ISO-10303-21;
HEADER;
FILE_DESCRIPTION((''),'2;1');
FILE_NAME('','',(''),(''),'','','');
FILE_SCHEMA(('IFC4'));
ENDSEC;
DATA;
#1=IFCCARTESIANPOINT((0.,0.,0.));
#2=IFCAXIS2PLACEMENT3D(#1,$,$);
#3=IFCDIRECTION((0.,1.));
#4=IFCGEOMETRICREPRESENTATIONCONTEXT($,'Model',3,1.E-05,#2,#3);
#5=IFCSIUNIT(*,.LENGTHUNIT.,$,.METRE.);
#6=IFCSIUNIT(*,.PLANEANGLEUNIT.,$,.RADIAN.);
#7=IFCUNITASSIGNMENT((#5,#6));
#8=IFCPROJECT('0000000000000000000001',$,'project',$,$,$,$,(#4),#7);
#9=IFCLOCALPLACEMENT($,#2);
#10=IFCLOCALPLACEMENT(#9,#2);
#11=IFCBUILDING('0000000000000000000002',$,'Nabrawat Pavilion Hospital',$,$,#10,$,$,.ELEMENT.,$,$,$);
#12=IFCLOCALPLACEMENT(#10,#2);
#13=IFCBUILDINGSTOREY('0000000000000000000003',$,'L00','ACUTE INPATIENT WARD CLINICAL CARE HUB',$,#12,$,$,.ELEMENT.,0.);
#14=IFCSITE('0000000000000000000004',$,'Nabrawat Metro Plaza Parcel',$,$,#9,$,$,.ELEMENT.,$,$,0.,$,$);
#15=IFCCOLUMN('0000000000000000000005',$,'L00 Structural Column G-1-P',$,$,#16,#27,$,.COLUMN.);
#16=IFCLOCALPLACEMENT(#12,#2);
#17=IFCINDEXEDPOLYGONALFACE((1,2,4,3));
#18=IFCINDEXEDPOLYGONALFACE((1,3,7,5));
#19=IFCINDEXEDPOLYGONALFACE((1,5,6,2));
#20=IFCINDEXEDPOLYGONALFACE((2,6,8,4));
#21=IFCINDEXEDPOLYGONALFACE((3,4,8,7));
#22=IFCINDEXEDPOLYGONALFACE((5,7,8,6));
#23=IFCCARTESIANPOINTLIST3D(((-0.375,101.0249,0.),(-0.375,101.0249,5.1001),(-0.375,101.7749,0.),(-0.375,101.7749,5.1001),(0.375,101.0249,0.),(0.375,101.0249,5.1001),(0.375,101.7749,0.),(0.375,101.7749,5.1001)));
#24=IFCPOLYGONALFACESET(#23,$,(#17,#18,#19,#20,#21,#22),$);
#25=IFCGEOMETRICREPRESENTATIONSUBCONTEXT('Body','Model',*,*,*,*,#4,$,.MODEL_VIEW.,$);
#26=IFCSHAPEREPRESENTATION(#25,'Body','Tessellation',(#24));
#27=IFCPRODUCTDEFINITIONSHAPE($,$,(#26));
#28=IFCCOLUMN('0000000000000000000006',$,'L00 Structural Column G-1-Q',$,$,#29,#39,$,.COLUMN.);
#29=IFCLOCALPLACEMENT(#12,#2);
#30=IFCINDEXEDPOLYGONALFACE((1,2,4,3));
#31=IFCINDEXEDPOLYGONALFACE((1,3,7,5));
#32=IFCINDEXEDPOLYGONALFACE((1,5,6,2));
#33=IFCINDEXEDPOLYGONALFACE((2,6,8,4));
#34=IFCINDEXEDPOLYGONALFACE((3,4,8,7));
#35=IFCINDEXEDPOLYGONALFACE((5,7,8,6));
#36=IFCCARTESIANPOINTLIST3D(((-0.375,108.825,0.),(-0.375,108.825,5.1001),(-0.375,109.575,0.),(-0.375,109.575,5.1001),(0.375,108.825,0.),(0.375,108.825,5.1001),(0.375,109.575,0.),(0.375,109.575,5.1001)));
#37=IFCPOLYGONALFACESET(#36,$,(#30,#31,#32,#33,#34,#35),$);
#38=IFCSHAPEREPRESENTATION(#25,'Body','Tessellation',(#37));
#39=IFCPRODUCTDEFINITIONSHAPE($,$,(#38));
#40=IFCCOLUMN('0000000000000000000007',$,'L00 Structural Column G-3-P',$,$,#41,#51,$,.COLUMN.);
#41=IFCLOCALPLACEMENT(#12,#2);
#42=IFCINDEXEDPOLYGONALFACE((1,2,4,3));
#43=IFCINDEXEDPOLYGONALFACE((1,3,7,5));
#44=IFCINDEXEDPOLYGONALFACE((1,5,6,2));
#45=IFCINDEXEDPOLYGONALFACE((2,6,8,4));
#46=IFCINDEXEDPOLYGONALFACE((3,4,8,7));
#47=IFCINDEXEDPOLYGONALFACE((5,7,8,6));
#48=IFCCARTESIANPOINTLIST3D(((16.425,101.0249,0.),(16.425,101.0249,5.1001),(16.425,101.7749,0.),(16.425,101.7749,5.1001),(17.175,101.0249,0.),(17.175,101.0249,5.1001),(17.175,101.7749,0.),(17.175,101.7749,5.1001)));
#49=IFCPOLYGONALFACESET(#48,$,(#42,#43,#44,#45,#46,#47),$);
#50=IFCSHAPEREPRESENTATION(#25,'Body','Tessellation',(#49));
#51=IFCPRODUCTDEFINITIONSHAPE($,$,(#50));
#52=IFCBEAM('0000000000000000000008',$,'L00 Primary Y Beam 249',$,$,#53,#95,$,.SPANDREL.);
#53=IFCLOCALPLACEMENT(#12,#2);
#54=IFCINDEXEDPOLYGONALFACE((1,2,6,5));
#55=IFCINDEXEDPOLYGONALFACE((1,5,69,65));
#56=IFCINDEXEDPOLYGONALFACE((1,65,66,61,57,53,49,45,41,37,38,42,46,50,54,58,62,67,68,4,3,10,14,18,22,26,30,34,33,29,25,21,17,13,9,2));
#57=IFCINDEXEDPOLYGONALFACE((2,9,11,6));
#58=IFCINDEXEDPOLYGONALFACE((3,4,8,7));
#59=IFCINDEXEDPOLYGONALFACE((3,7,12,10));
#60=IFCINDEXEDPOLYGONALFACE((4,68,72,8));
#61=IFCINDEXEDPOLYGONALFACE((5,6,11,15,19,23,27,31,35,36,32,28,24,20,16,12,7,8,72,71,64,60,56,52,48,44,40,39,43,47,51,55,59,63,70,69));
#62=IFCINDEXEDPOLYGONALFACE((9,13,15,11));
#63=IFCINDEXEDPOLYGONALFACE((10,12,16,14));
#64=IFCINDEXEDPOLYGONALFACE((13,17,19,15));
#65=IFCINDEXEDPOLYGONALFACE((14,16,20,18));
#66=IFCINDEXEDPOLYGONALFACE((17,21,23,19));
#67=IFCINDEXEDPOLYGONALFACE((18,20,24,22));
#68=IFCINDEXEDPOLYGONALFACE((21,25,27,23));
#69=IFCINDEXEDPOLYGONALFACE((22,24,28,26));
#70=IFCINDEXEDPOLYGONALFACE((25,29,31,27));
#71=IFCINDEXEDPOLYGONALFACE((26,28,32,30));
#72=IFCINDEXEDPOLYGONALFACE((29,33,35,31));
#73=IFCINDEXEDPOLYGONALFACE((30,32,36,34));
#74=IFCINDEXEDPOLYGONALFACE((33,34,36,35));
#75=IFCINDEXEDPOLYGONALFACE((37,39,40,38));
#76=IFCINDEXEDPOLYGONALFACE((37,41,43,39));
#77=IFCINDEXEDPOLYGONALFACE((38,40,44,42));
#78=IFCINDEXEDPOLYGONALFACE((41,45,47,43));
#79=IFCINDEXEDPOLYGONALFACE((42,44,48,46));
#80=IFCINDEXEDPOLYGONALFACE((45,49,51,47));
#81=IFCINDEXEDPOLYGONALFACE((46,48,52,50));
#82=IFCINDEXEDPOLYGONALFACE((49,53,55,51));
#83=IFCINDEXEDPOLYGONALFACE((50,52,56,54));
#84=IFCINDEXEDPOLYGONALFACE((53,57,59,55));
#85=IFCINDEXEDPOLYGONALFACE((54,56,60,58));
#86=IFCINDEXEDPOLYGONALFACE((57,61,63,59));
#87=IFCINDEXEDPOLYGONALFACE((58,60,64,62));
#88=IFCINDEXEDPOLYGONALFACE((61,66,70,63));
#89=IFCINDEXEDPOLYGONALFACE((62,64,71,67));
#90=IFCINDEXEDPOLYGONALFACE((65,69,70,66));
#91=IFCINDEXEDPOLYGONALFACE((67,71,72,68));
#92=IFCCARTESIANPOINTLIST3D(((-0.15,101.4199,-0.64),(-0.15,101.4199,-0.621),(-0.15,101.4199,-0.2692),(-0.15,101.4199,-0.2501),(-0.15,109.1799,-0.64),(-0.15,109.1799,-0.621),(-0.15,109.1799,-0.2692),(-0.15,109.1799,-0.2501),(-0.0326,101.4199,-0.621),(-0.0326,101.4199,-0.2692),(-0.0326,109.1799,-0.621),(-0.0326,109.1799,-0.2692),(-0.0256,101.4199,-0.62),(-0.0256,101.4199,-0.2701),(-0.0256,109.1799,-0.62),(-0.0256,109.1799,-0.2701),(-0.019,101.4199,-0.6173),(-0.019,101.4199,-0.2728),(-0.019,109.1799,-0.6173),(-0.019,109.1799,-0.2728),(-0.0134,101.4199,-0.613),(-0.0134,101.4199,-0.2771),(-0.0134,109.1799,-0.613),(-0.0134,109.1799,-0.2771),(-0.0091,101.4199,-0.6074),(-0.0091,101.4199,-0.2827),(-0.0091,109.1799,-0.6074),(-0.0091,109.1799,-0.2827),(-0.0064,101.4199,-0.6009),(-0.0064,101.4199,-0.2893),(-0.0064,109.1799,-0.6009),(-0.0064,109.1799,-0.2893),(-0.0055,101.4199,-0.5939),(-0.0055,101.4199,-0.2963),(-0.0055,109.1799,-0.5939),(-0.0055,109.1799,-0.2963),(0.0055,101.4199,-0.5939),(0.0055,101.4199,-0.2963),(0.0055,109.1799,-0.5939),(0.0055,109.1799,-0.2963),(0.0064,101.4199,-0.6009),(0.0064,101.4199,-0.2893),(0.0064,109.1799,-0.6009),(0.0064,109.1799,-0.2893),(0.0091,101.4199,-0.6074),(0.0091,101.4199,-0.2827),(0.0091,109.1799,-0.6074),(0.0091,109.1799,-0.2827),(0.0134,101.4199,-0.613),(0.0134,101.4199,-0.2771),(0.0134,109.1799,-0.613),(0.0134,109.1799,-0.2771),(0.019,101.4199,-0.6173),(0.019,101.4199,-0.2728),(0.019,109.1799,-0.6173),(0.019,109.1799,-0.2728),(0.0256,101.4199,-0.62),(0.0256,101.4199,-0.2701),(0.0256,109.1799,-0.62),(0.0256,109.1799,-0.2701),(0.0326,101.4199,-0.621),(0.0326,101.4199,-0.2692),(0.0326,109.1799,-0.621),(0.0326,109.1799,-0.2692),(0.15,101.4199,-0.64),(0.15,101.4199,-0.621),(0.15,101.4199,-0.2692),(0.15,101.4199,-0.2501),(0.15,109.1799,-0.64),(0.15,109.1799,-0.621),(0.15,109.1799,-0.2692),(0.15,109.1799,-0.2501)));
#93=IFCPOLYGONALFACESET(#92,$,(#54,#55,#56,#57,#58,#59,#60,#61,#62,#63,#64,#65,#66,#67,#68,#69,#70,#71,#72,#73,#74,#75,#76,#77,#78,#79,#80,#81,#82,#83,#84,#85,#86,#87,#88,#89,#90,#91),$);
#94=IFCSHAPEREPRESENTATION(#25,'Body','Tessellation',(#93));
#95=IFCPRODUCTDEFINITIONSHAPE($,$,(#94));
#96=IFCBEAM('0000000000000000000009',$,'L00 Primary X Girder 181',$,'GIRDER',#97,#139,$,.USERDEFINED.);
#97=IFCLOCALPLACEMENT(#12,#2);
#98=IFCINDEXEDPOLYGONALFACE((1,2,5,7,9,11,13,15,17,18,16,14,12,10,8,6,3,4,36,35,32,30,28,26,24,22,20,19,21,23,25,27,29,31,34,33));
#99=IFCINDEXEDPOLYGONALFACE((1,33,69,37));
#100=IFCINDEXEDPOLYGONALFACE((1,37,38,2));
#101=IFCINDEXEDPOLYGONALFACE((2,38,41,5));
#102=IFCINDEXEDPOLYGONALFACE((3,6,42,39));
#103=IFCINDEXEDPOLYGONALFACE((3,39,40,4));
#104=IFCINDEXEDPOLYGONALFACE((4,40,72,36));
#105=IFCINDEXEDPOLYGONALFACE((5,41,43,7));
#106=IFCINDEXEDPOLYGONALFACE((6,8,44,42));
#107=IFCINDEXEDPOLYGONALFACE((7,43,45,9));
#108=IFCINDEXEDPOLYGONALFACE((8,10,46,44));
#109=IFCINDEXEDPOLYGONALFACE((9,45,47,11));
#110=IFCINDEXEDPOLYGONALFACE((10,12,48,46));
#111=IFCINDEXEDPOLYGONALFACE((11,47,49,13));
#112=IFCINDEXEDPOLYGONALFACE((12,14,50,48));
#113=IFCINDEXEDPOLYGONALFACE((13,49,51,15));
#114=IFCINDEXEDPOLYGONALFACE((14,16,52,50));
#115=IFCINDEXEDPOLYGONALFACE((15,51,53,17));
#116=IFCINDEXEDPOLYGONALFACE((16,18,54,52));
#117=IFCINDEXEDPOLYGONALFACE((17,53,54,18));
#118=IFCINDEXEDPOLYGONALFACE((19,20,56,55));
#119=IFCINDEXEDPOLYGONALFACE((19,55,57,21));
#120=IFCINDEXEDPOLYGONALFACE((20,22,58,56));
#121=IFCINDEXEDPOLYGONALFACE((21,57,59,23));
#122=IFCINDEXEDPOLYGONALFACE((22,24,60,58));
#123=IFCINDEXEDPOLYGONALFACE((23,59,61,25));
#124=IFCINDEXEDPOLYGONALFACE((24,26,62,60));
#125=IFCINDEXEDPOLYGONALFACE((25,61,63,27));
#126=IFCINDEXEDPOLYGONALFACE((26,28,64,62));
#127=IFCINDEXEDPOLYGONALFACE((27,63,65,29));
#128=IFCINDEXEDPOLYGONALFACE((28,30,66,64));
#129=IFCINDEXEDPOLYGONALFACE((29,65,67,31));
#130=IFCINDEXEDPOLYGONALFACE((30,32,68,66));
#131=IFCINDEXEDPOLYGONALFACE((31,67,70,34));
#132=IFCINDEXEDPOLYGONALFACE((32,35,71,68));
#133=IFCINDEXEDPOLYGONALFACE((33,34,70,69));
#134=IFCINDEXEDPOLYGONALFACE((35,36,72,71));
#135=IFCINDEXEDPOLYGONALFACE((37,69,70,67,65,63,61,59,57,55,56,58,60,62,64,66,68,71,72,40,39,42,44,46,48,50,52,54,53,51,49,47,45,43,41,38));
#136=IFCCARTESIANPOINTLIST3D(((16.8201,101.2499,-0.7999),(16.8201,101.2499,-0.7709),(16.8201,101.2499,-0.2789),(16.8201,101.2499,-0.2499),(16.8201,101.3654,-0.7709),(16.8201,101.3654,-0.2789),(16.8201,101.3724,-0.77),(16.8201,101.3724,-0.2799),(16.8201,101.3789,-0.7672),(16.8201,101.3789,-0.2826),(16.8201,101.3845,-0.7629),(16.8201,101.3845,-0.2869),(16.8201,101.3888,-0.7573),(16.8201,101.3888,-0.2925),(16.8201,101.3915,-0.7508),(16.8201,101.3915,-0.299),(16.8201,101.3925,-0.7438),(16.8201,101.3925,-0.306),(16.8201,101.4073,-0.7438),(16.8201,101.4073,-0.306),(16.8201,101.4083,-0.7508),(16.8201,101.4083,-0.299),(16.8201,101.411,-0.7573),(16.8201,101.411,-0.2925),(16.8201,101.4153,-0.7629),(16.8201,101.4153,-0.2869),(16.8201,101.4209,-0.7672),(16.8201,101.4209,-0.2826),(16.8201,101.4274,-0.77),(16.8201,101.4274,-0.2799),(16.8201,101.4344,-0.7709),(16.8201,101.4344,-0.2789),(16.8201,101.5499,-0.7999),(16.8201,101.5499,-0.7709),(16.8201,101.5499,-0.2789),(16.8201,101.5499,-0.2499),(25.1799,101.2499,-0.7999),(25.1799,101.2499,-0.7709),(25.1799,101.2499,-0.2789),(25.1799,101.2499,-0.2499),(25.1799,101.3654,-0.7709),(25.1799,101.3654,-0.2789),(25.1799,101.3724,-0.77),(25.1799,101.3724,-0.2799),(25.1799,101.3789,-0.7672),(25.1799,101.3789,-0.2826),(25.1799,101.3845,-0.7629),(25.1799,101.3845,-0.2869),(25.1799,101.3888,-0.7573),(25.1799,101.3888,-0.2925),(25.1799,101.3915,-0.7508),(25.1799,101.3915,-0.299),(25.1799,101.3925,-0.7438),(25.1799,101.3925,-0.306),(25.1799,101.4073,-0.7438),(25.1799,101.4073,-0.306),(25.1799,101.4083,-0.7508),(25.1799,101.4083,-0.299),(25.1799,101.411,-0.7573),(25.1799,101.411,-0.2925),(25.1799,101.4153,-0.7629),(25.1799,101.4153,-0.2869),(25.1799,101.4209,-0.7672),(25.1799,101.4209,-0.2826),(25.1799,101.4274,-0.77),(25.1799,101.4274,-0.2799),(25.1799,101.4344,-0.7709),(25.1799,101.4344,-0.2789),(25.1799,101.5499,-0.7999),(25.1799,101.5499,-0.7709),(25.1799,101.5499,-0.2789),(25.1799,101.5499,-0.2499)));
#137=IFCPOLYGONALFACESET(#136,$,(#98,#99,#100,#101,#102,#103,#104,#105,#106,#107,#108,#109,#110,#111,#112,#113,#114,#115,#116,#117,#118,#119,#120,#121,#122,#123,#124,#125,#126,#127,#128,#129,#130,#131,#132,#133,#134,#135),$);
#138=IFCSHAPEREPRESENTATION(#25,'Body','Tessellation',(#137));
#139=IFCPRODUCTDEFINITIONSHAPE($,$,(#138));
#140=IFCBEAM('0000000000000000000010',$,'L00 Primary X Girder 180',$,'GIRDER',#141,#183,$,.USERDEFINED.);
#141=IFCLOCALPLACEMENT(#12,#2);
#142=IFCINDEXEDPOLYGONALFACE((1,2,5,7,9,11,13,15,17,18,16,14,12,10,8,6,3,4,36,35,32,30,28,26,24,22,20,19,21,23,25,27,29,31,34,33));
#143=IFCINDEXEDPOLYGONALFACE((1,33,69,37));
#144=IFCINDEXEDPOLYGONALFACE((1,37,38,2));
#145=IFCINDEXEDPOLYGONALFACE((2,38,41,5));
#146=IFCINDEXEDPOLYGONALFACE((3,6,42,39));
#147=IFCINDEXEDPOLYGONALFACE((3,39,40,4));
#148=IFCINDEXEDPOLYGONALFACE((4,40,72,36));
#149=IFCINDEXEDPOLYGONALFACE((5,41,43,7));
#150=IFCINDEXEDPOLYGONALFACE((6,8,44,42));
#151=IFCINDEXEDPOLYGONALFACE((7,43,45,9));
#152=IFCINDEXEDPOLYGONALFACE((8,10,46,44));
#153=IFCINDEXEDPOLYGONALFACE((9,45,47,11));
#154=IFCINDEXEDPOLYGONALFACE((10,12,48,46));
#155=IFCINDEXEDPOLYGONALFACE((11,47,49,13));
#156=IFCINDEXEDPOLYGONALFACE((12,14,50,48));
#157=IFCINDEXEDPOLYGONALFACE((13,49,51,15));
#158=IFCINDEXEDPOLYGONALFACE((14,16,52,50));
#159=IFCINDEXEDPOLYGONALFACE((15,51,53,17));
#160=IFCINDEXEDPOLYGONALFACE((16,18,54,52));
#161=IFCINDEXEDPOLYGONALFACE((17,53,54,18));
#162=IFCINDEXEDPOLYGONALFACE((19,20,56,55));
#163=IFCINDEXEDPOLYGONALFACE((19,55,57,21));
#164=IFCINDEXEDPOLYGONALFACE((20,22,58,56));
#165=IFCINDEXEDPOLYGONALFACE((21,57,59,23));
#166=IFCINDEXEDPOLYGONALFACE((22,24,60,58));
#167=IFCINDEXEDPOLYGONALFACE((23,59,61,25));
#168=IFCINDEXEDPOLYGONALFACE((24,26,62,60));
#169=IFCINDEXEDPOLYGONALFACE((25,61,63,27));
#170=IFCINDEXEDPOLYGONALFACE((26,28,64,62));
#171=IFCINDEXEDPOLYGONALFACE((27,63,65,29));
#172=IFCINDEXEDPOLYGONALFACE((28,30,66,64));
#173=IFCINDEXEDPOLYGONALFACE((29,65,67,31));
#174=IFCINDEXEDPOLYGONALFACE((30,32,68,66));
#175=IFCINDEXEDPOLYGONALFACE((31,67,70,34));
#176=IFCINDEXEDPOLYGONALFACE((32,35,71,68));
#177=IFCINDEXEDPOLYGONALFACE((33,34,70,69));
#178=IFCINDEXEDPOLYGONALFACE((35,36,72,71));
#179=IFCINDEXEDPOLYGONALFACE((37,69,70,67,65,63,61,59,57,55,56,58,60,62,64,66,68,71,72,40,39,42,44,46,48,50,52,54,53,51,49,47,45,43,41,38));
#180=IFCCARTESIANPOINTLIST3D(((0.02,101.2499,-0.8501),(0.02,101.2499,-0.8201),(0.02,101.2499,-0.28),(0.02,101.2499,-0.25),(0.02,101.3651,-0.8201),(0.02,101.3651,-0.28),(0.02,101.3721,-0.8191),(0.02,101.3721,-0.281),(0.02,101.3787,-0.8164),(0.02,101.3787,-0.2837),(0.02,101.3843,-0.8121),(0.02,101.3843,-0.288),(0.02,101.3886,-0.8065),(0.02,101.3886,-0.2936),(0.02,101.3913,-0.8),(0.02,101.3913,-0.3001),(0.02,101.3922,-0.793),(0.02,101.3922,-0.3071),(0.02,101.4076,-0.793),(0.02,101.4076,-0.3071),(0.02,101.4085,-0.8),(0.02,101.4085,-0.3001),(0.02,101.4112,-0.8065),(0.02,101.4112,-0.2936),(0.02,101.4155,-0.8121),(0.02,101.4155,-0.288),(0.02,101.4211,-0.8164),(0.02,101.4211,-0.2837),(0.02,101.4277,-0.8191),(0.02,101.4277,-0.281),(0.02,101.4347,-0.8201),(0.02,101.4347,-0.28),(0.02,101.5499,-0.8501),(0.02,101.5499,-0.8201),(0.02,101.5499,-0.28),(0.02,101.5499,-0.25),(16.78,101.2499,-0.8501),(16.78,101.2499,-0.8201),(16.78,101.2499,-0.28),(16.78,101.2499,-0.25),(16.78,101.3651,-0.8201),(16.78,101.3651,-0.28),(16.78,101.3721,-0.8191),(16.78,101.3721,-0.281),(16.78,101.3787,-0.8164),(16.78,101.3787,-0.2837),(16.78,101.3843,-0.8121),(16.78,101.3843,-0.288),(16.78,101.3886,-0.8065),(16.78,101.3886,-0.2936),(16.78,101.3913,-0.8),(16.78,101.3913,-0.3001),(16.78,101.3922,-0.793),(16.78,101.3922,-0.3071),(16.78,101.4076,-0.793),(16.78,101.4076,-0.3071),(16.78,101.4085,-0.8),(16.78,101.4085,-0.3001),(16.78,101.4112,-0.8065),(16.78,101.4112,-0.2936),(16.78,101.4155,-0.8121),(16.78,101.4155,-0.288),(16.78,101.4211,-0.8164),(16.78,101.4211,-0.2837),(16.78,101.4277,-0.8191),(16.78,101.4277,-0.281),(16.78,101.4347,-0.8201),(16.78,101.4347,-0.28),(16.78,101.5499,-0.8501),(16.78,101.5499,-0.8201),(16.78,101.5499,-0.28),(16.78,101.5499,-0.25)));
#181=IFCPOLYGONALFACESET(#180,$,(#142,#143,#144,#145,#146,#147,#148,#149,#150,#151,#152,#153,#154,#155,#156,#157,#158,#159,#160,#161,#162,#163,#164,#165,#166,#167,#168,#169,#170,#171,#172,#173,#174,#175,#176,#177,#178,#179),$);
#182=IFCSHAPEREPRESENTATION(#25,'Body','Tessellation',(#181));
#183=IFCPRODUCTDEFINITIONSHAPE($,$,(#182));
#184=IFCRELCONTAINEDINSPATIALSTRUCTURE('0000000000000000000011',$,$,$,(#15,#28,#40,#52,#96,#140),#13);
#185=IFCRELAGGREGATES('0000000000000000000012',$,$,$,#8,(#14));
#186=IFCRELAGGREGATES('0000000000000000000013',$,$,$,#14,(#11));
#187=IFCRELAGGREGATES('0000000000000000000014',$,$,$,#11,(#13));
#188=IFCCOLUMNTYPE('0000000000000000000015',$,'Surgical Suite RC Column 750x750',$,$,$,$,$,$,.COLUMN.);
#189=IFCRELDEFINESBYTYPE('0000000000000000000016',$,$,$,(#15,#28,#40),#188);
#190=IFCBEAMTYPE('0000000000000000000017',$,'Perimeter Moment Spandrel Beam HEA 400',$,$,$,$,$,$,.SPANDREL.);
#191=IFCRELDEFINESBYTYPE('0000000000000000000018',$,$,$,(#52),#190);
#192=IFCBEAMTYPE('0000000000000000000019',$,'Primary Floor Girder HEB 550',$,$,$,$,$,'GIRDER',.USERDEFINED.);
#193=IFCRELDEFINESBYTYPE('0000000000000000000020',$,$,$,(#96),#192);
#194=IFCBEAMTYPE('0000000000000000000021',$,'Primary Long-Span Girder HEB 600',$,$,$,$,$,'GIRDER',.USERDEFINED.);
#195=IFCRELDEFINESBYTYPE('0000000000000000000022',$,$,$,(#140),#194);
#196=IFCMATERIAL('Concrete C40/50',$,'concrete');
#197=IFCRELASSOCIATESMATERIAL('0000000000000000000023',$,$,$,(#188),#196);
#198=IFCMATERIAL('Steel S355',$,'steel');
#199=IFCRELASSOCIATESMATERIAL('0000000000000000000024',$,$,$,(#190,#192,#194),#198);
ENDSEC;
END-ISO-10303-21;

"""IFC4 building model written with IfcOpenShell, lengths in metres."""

from ifc_helpers import new_model, si_unit, direction, frame, origin, origin_2d, place, context, subcontext, project, spatial, rectangle, i_section, extrude, material, material_profile, profile_set, type_object, element, save


model = new_model("IFC4")

# Units and contexts
model_context = context("Model", 3, precision=1e-05, world=origin(), true_north=direction((0.0, 1.0)))
body_context = subcontext(model_context, "Body", "Model", "MODEL_VIEW")
ifc_project = project(units=[si_unit("LENGTHUNIT", "METRE"), si_unit("PLANEANGLEUNIT", "RADIAN")], contexts=[model_context])

# Site, building, storey
site_placement = place(None, origin())
site = spatial("IfcSite", under=ifc_project, at=site_placement, Name="Nabrawat Metro Plaza Parcel", CompositionType="ELEMENT", RefElevation=0.0)
building_placement = place(site_placement, origin())
building = spatial("IfcBuilding", under=site, at=building_placement, Name="Nabrawat Pavilion Hospital", CompositionType="ELEMENT")
storey_placement = place(building_placement, origin())
storey = spatial("IfcBuildingStorey", under=building, at=storey_placement, Name="L00", Description="ACUTE INPATIENT WARD CLINICAL CARE HUB", CompositionType="ELEMENT", Elevation=0.0)

# Columns
ifc_material_1 = material(Name="Concrete C40/50", Category="concrete")
ifc_material_profile_1 = material_profile(ifc_material_1, rectangle(XDim=0.75, YDim=0.75, at=origin_2d()), Name="RC 750x750")
ifc_profile_set_1 = profile_set([ifc_material_profile_1], Name="Concrete C40/50")
column_type = type_object("IfcColumnType", Name="Surgical Suite RC Column 750x750", PredefinedType="COLUMN", material=ifc_profile_set_1)
for number, where, z_axis, x_axis, name in (
    (1, (0.0, 101.3999, 0.0), (0.0, 0.0, 1.0), (1.0, 0.0, 0.0), "L00 Structural Column G-1-P"),
    (2, (0.0, 109.2, 0.0), (0.0, 0.0, 1.0), (1.0, 0.0, 0.0), "L00 Structural Column G-1-Q"),
    (3, (16.8, 101.3999, 0.0), (0.0, 0.0, 1.0), (1.0, 0.0, 0.0), "L00 Structural Column G-3-P"),
):
    element("IfcColumn", number, at=place(storey_placement, frame(where, z_axis=z_axis, x_axis=x_axis)), inside=storey, type_object=column_type, Name=name, PredefinedType="COLUMN", context=body_context, shape_type="SweptSolid", body=[
        extrude(rectangle(XDim=0.75, YDim=0.75, at=origin_2d()), origin(), (0.0, 0.0, 1.0), 5.1001),
    ])

# Beams
ifc_material_2 = material(Name="Steel S355", Category="steel")
ifc_material_profile_2 = material_profile(ifc_material_2, i_section(OverallWidth=0.3, OverallDepth=0.3899, WebThickness=0.011, FlangeThickness=0.019, FilletRadius=0.0271, at=origin_2d()), Name="HEA 400")
ifc_profile_set_2 = profile_set([ifc_material_profile_2], Name="Steel S355")
beam_type_1 = type_object("IfcBeamType", Name="Perimeter Moment Spandrel Beam HEA 400", PredefinedType="SPANDREL", material=ifc_profile_set_2)
beam_1_placement = place(storey_placement, frame((0.0, 101.4199, -0.4451), z_axis=(0.0, 1.0, 0.0), x_axis=(-1.0, 0.0, 0.0)))
element("IfcBeam", 4, at=beam_1_placement, inside=storey, type_object=beam_type_1, Name="L00 Primary Y Beam 249", PredefinedType="SPANDREL", context=body_context, shape_type="SweptSolid", body=[
    extrude(i_section(OverallWidth=0.3, OverallDepth=0.3899, WebThickness=0.011, FlangeThickness=0.019, FilletRadius=0.0271, at=origin_2d()), origin(), (0.0, 0.0, 1.0), 7.76),
])
ifc_material_profile_3 = material_profile(ifc_material_2, i_section(OverallWidth=0.3, OverallDepth=0.55, WebThickness=0.0149, FlangeThickness=0.0291, FilletRadius=0.0271, at=origin_2d()), Name="HEB 550")
ifc_profile_set_3 = profile_set([ifc_material_profile_3], Name="Steel S355")
beam_type_2 = type_object("IfcBeamType", Name="Primary Floor Girder HEB 550", ElementType="GIRDER", PredefinedType="USERDEFINED", material=ifc_profile_set_3)
beam_2_placement = place(storey_placement, frame((16.8201, 101.3999, -0.5249), z_axis=(1.0, 0.0, 0.0), x_axis=(0.0, 1.0, 0.0)))
element("IfcBeam", 5, at=beam_2_placement, inside=storey, type_object=beam_type_2, Name="L00 Primary X Girder 181", ObjectType="GIRDER", PredefinedType="USERDEFINED", context=body_context, shape_type="SweptSolid", body=[
    extrude(i_section(OverallWidth=0.3, OverallDepth=0.55, WebThickness=0.0149, FlangeThickness=0.0291, FilletRadius=0.0271, at=origin_2d()), origin(), (0.0, 0.0, 1.0), 8.3599),
])
ifc_material_profile_4 = material_profile(ifc_material_2, i_section(OverallWidth=0.3, OverallDepth=0.6001, WebThickness=0.0154, FlangeThickness=0.03, FilletRadius=0.0271, at=origin_2d()), Name="HEB 600")
ifc_profile_set_4 = profile_set([ifc_material_profile_4], Name="Steel S355")
beam_type_3 = type_object("IfcBeamType", Name="Primary Long-Span Girder HEB 600", ElementType="GIRDER", PredefinedType="USERDEFINED", material=ifc_profile_set_4)
beam_3_placement = place(storey_placement, frame((0.02, 101.3999, -0.55), z_axis=(1.0, 0.0, 0.0), x_axis=(0.0, 1.0, 0.0)))
element("IfcBeam", 6, at=beam_3_placement, inside=storey, type_object=beam_type_3, Name="L00 Primary X Girder 180", ObjectType="GIRDER", PredefinedType="USERDEFINED", context=body_context, shape_type="SweptSolid", body=[
    extrude(i_section(OverallWidth=0.3, OverallDepth=0.6001, WebThickness=0.0154, FlangeThickness=0.03, FilletRadius=0.0271, at=origin_2d()), origin(), (0.0, 0.0, 1.0), 16.76),
])

save(model, "model.ifc")
